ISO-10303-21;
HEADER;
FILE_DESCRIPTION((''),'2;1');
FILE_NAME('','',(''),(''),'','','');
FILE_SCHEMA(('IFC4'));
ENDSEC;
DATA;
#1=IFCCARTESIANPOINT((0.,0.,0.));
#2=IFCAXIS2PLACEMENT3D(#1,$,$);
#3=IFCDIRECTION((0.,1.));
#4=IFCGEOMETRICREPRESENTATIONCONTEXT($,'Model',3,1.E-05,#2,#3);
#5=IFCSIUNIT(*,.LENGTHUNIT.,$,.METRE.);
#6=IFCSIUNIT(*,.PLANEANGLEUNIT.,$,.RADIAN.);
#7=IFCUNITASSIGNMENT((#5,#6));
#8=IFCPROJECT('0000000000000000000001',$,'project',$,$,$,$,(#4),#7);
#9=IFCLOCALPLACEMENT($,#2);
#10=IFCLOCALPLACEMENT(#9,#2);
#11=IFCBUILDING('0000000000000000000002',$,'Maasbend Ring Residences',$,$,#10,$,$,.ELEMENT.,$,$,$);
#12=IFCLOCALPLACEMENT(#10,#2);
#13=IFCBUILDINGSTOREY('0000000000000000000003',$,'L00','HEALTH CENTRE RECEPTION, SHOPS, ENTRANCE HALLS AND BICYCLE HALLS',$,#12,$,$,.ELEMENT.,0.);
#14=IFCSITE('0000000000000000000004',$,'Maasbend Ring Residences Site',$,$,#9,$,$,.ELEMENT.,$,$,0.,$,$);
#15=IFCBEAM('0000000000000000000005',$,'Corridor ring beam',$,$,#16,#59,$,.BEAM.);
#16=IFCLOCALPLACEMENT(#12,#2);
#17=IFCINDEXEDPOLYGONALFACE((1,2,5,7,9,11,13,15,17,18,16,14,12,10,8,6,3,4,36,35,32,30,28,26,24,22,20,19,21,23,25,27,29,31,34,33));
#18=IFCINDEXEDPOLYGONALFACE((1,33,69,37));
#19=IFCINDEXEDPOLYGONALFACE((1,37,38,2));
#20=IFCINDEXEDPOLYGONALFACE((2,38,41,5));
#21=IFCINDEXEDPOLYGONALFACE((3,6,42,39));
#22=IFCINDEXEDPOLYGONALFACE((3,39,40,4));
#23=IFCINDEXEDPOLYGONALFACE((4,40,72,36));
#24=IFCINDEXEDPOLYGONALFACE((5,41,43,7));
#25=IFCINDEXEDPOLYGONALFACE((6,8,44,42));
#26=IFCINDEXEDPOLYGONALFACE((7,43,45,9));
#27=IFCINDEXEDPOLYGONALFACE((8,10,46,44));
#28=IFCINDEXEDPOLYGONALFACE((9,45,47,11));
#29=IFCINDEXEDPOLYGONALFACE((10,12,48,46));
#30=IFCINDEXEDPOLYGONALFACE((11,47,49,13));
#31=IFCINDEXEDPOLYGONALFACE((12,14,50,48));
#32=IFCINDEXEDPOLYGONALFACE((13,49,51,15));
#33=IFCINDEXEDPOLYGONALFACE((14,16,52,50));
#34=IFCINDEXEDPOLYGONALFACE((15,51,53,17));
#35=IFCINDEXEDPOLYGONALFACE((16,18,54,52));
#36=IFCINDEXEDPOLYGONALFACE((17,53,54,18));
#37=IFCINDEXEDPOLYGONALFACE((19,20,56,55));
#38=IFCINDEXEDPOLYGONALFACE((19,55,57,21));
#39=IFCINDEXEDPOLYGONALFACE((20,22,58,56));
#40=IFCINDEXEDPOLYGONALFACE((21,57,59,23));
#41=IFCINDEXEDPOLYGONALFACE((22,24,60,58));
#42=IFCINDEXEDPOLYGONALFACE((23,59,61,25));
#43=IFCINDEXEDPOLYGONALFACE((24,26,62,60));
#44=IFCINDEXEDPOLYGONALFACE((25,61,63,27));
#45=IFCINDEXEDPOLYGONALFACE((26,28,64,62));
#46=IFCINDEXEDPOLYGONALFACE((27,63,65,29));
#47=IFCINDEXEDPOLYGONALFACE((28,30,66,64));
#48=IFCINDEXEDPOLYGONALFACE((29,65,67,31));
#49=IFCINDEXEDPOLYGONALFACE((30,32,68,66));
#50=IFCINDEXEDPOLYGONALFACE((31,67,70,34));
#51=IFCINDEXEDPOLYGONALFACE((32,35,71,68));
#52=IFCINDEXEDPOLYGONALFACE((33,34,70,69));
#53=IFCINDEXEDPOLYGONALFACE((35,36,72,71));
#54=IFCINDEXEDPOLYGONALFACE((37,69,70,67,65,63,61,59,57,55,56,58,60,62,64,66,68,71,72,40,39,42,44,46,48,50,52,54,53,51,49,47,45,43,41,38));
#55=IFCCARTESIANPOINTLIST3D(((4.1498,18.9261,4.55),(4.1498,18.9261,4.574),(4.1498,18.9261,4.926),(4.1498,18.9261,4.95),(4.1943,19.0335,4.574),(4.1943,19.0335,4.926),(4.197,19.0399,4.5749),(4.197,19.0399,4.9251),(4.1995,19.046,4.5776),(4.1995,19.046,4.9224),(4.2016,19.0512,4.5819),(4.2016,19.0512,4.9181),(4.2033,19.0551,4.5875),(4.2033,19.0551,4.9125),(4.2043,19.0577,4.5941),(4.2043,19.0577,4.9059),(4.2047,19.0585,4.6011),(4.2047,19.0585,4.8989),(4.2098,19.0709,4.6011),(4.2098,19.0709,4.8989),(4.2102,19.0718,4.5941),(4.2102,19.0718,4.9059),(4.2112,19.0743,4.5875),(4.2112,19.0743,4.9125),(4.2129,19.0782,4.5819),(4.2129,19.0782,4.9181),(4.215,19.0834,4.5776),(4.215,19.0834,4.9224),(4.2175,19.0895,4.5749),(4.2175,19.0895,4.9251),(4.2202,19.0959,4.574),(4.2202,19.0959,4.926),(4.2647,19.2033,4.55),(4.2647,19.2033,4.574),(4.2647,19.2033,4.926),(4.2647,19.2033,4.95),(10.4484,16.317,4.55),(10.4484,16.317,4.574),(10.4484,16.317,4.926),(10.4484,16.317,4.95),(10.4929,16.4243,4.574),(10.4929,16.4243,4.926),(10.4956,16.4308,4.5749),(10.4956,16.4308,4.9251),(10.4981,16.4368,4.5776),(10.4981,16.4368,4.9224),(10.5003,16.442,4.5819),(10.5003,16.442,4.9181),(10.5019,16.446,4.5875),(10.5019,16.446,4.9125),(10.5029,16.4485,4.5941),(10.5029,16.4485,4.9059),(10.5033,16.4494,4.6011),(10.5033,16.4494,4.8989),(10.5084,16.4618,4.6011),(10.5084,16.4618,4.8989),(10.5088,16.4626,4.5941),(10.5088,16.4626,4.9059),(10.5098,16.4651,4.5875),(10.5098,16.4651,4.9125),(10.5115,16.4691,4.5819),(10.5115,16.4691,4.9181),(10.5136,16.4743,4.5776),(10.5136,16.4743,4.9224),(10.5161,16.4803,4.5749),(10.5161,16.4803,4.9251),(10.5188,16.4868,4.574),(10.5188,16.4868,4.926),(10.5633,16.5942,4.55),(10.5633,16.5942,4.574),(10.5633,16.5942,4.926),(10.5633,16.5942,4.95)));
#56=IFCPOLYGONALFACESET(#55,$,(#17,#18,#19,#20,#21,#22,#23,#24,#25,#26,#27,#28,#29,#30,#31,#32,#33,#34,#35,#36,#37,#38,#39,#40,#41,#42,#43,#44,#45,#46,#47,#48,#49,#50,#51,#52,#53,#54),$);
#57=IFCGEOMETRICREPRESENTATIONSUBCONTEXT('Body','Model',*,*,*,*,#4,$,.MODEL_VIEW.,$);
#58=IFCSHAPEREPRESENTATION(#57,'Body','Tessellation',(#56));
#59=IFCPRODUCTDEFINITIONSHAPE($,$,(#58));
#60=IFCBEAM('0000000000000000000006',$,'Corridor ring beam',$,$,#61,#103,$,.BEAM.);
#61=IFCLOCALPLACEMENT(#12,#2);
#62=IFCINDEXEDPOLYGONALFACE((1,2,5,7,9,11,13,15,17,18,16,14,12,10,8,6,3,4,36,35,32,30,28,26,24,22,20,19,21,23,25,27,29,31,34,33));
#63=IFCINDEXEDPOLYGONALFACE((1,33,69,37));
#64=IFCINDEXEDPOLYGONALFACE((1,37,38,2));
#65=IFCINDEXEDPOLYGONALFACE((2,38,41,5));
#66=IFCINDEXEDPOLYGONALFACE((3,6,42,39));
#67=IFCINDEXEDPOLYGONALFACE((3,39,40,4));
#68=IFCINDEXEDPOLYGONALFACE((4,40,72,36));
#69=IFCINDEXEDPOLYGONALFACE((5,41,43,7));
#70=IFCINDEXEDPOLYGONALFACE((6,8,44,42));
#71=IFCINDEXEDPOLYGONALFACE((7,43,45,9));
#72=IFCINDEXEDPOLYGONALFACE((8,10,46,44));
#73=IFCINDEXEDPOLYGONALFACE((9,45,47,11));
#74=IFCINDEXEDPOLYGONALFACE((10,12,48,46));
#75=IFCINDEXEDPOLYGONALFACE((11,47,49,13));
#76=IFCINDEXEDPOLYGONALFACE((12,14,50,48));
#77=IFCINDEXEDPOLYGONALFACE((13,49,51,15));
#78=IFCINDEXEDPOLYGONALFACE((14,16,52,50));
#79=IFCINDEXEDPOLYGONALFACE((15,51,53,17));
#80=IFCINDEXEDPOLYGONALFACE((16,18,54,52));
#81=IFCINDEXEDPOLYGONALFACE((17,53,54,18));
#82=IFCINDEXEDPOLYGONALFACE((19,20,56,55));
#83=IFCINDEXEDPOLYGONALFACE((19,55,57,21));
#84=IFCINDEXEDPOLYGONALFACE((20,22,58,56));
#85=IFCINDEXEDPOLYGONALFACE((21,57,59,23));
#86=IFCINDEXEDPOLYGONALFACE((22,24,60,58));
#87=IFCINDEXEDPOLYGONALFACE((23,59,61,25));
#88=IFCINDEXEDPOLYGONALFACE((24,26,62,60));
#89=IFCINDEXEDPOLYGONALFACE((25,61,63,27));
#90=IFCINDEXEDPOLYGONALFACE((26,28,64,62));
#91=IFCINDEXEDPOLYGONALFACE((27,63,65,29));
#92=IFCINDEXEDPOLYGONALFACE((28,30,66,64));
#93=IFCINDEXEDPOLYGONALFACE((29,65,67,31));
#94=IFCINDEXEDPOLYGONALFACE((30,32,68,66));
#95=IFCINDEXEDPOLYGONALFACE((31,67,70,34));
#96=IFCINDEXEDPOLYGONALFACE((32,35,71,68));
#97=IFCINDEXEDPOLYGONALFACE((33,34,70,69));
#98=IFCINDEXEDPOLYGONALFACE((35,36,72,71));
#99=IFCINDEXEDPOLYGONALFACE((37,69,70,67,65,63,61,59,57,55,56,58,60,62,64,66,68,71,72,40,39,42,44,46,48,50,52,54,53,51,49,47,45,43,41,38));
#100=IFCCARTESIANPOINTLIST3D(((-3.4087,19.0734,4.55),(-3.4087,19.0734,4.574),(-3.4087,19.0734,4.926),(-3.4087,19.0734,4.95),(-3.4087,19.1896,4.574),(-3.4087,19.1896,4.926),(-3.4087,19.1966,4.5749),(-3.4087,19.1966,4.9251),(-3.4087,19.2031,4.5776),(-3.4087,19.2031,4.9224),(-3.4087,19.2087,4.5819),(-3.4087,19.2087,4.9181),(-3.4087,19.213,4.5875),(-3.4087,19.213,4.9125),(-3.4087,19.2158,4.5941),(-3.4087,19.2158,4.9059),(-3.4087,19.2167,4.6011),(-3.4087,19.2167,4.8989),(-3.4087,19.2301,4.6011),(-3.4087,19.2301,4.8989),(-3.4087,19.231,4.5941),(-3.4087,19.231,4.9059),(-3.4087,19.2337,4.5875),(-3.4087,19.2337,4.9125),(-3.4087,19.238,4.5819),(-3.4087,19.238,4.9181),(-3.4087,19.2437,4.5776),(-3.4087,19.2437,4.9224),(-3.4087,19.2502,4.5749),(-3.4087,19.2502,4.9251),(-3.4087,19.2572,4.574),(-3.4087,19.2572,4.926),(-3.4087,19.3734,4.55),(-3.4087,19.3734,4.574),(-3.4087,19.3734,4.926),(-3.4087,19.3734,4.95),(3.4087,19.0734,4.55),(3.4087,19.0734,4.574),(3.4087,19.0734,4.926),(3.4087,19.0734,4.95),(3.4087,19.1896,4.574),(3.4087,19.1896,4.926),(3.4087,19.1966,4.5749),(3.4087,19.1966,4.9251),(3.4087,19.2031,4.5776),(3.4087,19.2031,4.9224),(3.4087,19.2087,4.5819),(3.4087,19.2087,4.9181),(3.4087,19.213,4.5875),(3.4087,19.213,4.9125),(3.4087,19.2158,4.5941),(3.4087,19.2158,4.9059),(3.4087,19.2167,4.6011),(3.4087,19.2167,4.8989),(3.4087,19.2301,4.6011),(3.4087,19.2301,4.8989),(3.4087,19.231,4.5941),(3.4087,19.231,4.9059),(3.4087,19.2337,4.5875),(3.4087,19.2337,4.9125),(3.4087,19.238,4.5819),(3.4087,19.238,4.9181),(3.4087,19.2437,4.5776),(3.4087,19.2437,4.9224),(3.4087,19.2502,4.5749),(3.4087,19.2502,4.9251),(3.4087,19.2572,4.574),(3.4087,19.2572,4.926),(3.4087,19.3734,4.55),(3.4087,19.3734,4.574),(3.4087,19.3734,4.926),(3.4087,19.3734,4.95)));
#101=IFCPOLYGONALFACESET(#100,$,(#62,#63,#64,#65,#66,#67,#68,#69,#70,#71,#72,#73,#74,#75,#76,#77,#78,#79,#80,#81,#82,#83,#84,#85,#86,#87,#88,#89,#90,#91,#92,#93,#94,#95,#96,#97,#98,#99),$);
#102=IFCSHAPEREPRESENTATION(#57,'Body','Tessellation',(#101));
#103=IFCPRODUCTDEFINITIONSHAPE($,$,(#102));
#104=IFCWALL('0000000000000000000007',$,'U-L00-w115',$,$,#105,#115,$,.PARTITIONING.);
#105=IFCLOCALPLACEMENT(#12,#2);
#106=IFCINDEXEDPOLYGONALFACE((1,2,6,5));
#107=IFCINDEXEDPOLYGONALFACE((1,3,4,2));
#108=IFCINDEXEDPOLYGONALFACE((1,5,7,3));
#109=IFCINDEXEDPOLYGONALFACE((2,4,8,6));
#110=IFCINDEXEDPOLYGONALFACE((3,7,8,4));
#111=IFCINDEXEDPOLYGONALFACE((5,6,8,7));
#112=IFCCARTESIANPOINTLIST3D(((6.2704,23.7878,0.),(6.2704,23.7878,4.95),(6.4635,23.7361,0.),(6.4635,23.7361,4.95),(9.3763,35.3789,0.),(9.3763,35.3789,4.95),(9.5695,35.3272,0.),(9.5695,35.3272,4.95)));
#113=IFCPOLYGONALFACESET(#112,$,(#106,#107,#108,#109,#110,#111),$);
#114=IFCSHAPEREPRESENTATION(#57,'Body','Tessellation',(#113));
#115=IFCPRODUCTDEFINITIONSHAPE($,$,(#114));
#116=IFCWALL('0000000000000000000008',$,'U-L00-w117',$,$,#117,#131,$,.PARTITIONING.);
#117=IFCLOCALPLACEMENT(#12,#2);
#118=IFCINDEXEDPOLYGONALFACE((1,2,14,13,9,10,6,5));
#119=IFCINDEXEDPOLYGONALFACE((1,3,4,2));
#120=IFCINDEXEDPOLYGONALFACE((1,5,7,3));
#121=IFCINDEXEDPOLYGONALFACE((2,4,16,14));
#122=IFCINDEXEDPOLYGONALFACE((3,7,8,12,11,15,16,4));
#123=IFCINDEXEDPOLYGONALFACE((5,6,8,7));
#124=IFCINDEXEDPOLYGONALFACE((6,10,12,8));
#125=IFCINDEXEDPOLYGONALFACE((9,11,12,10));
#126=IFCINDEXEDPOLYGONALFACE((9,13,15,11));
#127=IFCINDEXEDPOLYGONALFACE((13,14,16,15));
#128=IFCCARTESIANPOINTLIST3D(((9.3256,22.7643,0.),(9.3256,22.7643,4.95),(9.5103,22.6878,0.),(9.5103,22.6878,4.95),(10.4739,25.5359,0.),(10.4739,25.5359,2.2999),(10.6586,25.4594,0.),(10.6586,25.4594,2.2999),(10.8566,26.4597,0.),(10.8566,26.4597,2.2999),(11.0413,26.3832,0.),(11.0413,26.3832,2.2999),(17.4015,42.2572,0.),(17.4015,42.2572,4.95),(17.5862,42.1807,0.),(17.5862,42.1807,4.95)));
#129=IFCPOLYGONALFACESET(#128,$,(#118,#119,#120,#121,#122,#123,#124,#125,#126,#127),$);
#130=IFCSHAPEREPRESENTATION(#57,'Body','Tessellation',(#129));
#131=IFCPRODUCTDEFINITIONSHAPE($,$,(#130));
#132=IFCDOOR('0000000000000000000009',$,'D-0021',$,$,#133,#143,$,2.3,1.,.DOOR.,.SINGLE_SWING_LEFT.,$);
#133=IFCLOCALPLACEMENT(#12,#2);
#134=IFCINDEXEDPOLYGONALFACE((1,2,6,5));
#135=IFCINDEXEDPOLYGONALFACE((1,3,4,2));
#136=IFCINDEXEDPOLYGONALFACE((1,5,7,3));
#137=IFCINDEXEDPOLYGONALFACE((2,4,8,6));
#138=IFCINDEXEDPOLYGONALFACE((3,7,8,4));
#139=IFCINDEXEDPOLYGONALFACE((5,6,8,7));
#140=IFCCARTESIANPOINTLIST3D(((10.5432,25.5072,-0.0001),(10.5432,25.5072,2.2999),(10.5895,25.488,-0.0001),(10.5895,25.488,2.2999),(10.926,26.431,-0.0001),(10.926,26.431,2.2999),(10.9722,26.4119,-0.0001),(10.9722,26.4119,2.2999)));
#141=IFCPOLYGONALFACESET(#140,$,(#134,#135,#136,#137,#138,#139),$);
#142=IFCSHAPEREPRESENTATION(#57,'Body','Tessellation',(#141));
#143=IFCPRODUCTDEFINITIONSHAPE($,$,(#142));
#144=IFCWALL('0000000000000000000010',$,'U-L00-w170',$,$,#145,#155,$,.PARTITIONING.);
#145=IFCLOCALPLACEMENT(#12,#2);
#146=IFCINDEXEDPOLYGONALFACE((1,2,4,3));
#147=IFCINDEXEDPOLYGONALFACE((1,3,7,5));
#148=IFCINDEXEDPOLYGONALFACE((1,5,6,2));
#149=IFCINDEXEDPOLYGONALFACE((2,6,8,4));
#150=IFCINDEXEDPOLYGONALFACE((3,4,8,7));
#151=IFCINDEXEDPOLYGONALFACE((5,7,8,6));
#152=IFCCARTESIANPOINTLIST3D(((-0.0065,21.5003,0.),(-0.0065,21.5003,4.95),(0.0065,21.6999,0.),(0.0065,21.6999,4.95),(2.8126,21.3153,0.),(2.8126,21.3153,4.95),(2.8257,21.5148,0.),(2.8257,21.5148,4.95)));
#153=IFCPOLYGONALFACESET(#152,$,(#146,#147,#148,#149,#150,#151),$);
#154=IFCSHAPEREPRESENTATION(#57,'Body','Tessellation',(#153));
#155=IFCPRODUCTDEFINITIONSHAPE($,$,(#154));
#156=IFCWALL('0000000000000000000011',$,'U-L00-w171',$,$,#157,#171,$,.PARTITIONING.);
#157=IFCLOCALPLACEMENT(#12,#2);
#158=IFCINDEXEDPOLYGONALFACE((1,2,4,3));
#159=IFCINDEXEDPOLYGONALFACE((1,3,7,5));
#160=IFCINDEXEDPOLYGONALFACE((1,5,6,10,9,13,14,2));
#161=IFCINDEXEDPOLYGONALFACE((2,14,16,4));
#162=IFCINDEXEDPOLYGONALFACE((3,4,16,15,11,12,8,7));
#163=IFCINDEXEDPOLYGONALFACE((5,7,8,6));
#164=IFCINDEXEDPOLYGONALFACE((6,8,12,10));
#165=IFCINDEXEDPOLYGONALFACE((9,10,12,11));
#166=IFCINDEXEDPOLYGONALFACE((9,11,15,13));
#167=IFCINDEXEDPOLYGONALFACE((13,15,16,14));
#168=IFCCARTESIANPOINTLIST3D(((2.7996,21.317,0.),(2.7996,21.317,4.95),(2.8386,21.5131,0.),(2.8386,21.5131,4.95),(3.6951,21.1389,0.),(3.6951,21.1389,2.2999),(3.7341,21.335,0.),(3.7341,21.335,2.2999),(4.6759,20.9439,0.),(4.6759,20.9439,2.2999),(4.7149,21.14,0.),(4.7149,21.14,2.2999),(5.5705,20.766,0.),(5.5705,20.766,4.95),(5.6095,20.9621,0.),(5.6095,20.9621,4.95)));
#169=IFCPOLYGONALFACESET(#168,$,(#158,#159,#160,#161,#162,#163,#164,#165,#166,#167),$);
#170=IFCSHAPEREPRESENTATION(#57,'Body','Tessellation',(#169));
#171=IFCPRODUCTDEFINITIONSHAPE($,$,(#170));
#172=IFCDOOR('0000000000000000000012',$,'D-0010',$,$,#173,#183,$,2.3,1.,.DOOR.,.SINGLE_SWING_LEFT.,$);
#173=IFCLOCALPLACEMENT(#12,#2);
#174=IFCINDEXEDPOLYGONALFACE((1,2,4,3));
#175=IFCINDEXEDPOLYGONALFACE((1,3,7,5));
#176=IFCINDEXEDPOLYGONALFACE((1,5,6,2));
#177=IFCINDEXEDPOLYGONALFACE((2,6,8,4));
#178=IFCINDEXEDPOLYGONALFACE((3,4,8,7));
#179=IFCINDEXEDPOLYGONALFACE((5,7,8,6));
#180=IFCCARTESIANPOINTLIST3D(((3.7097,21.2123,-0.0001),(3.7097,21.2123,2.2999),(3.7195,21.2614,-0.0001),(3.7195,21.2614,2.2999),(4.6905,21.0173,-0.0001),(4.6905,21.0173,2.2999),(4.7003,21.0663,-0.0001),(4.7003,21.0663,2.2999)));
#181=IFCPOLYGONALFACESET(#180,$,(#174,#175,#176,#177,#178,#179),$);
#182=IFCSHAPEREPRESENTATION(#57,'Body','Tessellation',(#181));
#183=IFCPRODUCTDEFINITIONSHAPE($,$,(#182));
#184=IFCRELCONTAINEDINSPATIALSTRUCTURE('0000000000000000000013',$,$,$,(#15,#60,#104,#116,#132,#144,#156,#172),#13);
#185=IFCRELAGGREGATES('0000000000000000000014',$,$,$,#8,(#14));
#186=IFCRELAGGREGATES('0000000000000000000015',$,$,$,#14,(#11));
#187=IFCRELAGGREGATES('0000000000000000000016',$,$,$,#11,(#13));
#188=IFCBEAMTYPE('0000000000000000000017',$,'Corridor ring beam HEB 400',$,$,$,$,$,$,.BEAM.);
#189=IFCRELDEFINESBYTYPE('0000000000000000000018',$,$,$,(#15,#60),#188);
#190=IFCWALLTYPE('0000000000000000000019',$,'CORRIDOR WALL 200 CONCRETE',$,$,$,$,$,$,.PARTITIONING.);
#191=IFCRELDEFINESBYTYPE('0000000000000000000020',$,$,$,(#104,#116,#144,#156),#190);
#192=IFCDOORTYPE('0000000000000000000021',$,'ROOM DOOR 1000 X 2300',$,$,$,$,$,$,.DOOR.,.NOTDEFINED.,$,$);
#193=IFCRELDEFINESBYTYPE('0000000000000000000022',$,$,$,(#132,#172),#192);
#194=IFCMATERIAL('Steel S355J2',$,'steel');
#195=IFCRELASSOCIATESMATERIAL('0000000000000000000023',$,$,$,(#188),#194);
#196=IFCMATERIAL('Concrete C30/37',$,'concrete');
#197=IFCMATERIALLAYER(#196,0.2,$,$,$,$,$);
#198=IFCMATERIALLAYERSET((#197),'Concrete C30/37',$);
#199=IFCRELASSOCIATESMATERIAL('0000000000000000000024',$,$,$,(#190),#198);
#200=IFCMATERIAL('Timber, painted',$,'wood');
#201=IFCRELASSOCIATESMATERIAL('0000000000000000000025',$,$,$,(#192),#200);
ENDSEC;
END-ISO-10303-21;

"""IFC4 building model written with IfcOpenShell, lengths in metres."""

from ifc_helpers import new_model, si_unit, direction, frame, frame_2d, origin, origin_2d, place, context, subcontext, project, spatial, rectangle, i_section, extrude, material, layer, layer_set, material_profile, profile_set, type_object, element, fill, save


model = new_model("IFC4")

# Units and contexts
model_context = context("Model", 3, precision=1e-05, world=origin(), true_north=direction((0.0, 1.0)))
body_context = subcontext(model_context, "Body", "Model", "MODEL_VIEW")
ifc_project = project(units=[si_unit("LENGTHUNIT", "METRE"), si_unit("PLANEANGLEUNIT", "RADIAN")], contexts=[model_context])

# Site, building, storey
site_placement = place(None, origin())
site = spatial("IfcSite", under=ifc_project, at=site_placement, Name="Maasbend Ring Residences Site", CompositionType="ELEMENT", RefElevation=0.0)
building_placement = place(site_placement, origin())
building = spatial("IfcBuilding", under=site, at=building_placement, Name="Maasbend Ring Residences", CompositionType="ELEMENT")
storey_placement = place(building_placement, origin())
storey = spatial("IfcBuildingStorey", under=building, at=storey_placement, Name="L00", Description="HEALTH CENTRE RECEPTION, SHOPS, ENTRANCE HALLS AND BICYCLE HALLS", CompositionType="ELEMENT", Elevation=0.0)

# Beams
ifc_material_1 = material(Name="Steel S355J2", Category="steel")
ifc_material_profile_1 = material_profile(ifc_material_1, i_section(OverallWidth=0.3, OverallDepth=0.3999, WebThickness=0.0134, FlangeThickness=0.0239, FilletRadius=0.0271, at=origin_2d()), Name="HEB 400")
ifc_profile_set_1 = profile_set([ifc_material_profile_1], Name="Steel S355J2")
beam_type = type_object("IfcBeamType", Name="Corridor ring beam HEB 400", PredefinedType="BEAM", material=ifc_profile_set_1)
beam_1_placement = place(storey_placement, frame((10.5059, 16.4556, 4.75), z_axis=(-0.923871, 0.382705, 0.0), x_axis=(-0.382705, -0.923871, 0.0)))
element("IfcBeam", 1, at=beam_1_placement, inside=storey, type_object=beam_type, Name="Corridor ring beam", PredefinedType="BEAM", context=body_context, shape_type="SweptSolid", body=[
    extrude(i_section(OverallWidth=0.3, OverallDepth=0.3999, WebThickness=0.0134, FlangeThickness=0.0239, FilletRadius=0.0271, at=origin_2d()), origin(), (0.0, 0.0, 1.0), 6.8176),
])
beam_2_placement = place(storey_placement, frame((3.4087, 19.2234, 4.75), z_axis=(-1.0, 0.0, 0.0), x_axis=(0.0, -1.0, 0.0)))
element("IfcBeam", 2, at=beam_2_placement, inside=storey, type_object=beam_type, Name="Corridor ring beam", PredefinedType="BEAM", context=body_context, shape_type="SweptSolid", body=[
    extrude(i_section(OverallWidth=0.3, OverallDepth=0.3999, WebThickness=0.0134, FlangeThickness=0.0239, FilletRadius=0.0271, at=origin_2d()), origin(), (0.0, 0.0, 1.0), 6.8174),
])

# Wall
ifc_material_2 = material(Name="Concrete C30/37", Category="concrete")
ifc_layer_1 = layer(ifc_material_2, 0.2)
ifc_layer_set_1 = layer_set([ifc_layer_1], Name="Concrete C30/37")
wall_type_1 = type_object("IfcWallType", Name="CORRIDOR WALL 200 CONCRETE", PredefinedType="PARTITIONING", material=ifc_layer_set_1)
wall_1_placement = place(storey_placement, frame((6.3669, 23.762, 0.0), z_axis=(0.0, 0.0, 1.0), x_axis=(0.25883, 0.965923, 0.0)))
element("IfcWall", 3, at=wall_1_placement, inside=storey, type_object=wall_type_1, Name="U-L00-w115", PredefinedType="PARTITIONING", context=body_context, shape_type="SweptSolid", body=[
    extrude(rectangle(XDim=12.0, YDim=0.2, at=frame_2d((6.0, 0.0))), origin(), (0.0, 0.0, 1.0), 4.95),
])

# Wall, opening, door
wall_2_placement = place(storey_placement, frame((9.418, 22.7261, 0.0), z_axis=(0.0, 0.0, 1.0), x_axis=(0.382752, 0.923851, 0.0)))
wall_2 = element("IfcWall", 4, at=wall_2_placement, inside=storey, type_object=wall_type_1, Name="U-L00-w117", PredefinedType="PARTITIONING", context=body_context, shape_type="SweptSolid", body=[
    extrude(rectangle(XDim=21.0996, YDim=0.2, at=frame_2d((10.5498, 0.0))), origin(), (0.0, 0.0, 1.0), 4.95),
])
opening_1_placement = place(wall_2_placement, frame((3.0, 0.0, 0.0)))
opening_1 = element("IfcOpeningElement", 5, at=opening_1_placement, cuts=wall_2, PredefinedType="OPENING", context=body_context, shape_type="SweptSolid", body=[
    extrude(rectangle(XDim=1.0, YDim=2.3, at=frame_2d((0.5, 1.1499))), frame((0.0, 0.1099, 0.0), z_axis=(0.0, -1.0, 0.0), x_axis=(1.0, 0.0, 0.0)), (0.0, 0.0, 1.0), 0.22),
])
ifc_material_3 = material(Name="Timber, painted", Category="wood")
door_type = type_object("IfcDoorType", Name="ROOM DOOR 1000 X 2300", OperationType="NOTDEFINED", PredefinedType="DOOR", material=ifc_material_3)
door_1_placement = place(opening_1_placement, origin())
door_1 = element("IfcDoor", 6, at=door_1_placement, inside=storey, type_object=door_type, Name="D-0021", OperationType="SINGLE_SWING_LEFT", OverallHeight=2.3, OverallWidth=1.0, PredefinedType="DOOR", context=body_context, shape_type="SweptSolid", body=[
    extrude(rectangle(XDim=1.0, YDim=2.3, at=frame_2d((0.5, 1.1499))), frame((0.0, 0.0249, 0.0), z_axis=(0.0, -1.0, 0.0), x_axis=(1.0, 0.0, 0.0)), (0.0, 0.0, 1.0), 0.05),
])
fill(opening_1, door_1)

# Wall
wall_3_placement = place(storey_placement, frame((0.0, 21.6001, 0.0), z_axis=(0.0, 0.0, 1.0), x_axis=(0.997852, -0.065504, 0.0)))
element("IfcWall", 7, at=wall_3_placement, inside=storey, type_object=wall_type_1, Name="U-L00-w170", PredefinedType="PARTITIONING", context=body_context, shape_type="SweptSolid", body=[
    extrude(rectangle(XDim=2.8252, YDim=0.2, at=frame_2d((1.4126, 0.0))), origin(), (0.0, 0.0, 1.0), 4.95),
])

# Wall, opening, door
wall_4_placement = place(storey_placement, frame((2.8191, 21.415, 0.0), z_axis=(0.0, 0.0, 1.0), x_axis=(0.980796, -0.195036, 0.0)))
wall_4 = element("IfcWall", 8, at=wall_4_placement, inside=storey, type_object=wall_type_1, Name="U-L00-w171", PredefinedType="PARTITIONING", context=body_context, shape_type="SweptSolid", body=[
    extrude(rectangle(XDim=2.8252, YDim=0.2, at=frame_2d((1.4126, 0.0))), origin(), (0.0, 0.0, 1.0), 4.95),
])
opening_2_placement = place(wall_4_placement, frame((0.9131, 0.0, 0.0)))
opening_2 = element("IfcOpeningElement", 9, at=opening_2_placement, cuts=wall_4, PredefinedType="OPENING", context=body_context, shape_type="SweptSolid", body=[
    extrude(rectangle(XDim=1.0, YDim=2.3, at=frame_2d((0.5, 1.1499))), frame((0.0, 0.1099, 0.0), z_axis=(0.0, -1.0, 0.0), x_axis=(1.0, 0.0, 0.0)), (0.0, 0.0, 1.0), 0.22),
])
door_2_placement = place(opening_2_placement, origin())
door_2 = element("IfcDoor", 10, at=door_2_placement, inside=storey, type_object=door_type, Name="D-0010", OperationType="SINGLE_SWING_LEFT", OverallHeight=2.3, OverallWidth=1.0, PredefinedType="DOOR", context=body_context, shape_type="SweptSolid", body=[
    extrude(rectangle(XDim=1.0, YDim=2.3, at=frame_2d((0.5, 1.1499))), frame((0.0, 0.0249, 0.0), z_axis=(0.0, -1.0, 0.0), x_axis=(1.0, 0.0, 0.0)), (0.0, 0.0, 1.0), 0.05),
])
fill(opening_2, door_2)

save(model, "model.ifc")
